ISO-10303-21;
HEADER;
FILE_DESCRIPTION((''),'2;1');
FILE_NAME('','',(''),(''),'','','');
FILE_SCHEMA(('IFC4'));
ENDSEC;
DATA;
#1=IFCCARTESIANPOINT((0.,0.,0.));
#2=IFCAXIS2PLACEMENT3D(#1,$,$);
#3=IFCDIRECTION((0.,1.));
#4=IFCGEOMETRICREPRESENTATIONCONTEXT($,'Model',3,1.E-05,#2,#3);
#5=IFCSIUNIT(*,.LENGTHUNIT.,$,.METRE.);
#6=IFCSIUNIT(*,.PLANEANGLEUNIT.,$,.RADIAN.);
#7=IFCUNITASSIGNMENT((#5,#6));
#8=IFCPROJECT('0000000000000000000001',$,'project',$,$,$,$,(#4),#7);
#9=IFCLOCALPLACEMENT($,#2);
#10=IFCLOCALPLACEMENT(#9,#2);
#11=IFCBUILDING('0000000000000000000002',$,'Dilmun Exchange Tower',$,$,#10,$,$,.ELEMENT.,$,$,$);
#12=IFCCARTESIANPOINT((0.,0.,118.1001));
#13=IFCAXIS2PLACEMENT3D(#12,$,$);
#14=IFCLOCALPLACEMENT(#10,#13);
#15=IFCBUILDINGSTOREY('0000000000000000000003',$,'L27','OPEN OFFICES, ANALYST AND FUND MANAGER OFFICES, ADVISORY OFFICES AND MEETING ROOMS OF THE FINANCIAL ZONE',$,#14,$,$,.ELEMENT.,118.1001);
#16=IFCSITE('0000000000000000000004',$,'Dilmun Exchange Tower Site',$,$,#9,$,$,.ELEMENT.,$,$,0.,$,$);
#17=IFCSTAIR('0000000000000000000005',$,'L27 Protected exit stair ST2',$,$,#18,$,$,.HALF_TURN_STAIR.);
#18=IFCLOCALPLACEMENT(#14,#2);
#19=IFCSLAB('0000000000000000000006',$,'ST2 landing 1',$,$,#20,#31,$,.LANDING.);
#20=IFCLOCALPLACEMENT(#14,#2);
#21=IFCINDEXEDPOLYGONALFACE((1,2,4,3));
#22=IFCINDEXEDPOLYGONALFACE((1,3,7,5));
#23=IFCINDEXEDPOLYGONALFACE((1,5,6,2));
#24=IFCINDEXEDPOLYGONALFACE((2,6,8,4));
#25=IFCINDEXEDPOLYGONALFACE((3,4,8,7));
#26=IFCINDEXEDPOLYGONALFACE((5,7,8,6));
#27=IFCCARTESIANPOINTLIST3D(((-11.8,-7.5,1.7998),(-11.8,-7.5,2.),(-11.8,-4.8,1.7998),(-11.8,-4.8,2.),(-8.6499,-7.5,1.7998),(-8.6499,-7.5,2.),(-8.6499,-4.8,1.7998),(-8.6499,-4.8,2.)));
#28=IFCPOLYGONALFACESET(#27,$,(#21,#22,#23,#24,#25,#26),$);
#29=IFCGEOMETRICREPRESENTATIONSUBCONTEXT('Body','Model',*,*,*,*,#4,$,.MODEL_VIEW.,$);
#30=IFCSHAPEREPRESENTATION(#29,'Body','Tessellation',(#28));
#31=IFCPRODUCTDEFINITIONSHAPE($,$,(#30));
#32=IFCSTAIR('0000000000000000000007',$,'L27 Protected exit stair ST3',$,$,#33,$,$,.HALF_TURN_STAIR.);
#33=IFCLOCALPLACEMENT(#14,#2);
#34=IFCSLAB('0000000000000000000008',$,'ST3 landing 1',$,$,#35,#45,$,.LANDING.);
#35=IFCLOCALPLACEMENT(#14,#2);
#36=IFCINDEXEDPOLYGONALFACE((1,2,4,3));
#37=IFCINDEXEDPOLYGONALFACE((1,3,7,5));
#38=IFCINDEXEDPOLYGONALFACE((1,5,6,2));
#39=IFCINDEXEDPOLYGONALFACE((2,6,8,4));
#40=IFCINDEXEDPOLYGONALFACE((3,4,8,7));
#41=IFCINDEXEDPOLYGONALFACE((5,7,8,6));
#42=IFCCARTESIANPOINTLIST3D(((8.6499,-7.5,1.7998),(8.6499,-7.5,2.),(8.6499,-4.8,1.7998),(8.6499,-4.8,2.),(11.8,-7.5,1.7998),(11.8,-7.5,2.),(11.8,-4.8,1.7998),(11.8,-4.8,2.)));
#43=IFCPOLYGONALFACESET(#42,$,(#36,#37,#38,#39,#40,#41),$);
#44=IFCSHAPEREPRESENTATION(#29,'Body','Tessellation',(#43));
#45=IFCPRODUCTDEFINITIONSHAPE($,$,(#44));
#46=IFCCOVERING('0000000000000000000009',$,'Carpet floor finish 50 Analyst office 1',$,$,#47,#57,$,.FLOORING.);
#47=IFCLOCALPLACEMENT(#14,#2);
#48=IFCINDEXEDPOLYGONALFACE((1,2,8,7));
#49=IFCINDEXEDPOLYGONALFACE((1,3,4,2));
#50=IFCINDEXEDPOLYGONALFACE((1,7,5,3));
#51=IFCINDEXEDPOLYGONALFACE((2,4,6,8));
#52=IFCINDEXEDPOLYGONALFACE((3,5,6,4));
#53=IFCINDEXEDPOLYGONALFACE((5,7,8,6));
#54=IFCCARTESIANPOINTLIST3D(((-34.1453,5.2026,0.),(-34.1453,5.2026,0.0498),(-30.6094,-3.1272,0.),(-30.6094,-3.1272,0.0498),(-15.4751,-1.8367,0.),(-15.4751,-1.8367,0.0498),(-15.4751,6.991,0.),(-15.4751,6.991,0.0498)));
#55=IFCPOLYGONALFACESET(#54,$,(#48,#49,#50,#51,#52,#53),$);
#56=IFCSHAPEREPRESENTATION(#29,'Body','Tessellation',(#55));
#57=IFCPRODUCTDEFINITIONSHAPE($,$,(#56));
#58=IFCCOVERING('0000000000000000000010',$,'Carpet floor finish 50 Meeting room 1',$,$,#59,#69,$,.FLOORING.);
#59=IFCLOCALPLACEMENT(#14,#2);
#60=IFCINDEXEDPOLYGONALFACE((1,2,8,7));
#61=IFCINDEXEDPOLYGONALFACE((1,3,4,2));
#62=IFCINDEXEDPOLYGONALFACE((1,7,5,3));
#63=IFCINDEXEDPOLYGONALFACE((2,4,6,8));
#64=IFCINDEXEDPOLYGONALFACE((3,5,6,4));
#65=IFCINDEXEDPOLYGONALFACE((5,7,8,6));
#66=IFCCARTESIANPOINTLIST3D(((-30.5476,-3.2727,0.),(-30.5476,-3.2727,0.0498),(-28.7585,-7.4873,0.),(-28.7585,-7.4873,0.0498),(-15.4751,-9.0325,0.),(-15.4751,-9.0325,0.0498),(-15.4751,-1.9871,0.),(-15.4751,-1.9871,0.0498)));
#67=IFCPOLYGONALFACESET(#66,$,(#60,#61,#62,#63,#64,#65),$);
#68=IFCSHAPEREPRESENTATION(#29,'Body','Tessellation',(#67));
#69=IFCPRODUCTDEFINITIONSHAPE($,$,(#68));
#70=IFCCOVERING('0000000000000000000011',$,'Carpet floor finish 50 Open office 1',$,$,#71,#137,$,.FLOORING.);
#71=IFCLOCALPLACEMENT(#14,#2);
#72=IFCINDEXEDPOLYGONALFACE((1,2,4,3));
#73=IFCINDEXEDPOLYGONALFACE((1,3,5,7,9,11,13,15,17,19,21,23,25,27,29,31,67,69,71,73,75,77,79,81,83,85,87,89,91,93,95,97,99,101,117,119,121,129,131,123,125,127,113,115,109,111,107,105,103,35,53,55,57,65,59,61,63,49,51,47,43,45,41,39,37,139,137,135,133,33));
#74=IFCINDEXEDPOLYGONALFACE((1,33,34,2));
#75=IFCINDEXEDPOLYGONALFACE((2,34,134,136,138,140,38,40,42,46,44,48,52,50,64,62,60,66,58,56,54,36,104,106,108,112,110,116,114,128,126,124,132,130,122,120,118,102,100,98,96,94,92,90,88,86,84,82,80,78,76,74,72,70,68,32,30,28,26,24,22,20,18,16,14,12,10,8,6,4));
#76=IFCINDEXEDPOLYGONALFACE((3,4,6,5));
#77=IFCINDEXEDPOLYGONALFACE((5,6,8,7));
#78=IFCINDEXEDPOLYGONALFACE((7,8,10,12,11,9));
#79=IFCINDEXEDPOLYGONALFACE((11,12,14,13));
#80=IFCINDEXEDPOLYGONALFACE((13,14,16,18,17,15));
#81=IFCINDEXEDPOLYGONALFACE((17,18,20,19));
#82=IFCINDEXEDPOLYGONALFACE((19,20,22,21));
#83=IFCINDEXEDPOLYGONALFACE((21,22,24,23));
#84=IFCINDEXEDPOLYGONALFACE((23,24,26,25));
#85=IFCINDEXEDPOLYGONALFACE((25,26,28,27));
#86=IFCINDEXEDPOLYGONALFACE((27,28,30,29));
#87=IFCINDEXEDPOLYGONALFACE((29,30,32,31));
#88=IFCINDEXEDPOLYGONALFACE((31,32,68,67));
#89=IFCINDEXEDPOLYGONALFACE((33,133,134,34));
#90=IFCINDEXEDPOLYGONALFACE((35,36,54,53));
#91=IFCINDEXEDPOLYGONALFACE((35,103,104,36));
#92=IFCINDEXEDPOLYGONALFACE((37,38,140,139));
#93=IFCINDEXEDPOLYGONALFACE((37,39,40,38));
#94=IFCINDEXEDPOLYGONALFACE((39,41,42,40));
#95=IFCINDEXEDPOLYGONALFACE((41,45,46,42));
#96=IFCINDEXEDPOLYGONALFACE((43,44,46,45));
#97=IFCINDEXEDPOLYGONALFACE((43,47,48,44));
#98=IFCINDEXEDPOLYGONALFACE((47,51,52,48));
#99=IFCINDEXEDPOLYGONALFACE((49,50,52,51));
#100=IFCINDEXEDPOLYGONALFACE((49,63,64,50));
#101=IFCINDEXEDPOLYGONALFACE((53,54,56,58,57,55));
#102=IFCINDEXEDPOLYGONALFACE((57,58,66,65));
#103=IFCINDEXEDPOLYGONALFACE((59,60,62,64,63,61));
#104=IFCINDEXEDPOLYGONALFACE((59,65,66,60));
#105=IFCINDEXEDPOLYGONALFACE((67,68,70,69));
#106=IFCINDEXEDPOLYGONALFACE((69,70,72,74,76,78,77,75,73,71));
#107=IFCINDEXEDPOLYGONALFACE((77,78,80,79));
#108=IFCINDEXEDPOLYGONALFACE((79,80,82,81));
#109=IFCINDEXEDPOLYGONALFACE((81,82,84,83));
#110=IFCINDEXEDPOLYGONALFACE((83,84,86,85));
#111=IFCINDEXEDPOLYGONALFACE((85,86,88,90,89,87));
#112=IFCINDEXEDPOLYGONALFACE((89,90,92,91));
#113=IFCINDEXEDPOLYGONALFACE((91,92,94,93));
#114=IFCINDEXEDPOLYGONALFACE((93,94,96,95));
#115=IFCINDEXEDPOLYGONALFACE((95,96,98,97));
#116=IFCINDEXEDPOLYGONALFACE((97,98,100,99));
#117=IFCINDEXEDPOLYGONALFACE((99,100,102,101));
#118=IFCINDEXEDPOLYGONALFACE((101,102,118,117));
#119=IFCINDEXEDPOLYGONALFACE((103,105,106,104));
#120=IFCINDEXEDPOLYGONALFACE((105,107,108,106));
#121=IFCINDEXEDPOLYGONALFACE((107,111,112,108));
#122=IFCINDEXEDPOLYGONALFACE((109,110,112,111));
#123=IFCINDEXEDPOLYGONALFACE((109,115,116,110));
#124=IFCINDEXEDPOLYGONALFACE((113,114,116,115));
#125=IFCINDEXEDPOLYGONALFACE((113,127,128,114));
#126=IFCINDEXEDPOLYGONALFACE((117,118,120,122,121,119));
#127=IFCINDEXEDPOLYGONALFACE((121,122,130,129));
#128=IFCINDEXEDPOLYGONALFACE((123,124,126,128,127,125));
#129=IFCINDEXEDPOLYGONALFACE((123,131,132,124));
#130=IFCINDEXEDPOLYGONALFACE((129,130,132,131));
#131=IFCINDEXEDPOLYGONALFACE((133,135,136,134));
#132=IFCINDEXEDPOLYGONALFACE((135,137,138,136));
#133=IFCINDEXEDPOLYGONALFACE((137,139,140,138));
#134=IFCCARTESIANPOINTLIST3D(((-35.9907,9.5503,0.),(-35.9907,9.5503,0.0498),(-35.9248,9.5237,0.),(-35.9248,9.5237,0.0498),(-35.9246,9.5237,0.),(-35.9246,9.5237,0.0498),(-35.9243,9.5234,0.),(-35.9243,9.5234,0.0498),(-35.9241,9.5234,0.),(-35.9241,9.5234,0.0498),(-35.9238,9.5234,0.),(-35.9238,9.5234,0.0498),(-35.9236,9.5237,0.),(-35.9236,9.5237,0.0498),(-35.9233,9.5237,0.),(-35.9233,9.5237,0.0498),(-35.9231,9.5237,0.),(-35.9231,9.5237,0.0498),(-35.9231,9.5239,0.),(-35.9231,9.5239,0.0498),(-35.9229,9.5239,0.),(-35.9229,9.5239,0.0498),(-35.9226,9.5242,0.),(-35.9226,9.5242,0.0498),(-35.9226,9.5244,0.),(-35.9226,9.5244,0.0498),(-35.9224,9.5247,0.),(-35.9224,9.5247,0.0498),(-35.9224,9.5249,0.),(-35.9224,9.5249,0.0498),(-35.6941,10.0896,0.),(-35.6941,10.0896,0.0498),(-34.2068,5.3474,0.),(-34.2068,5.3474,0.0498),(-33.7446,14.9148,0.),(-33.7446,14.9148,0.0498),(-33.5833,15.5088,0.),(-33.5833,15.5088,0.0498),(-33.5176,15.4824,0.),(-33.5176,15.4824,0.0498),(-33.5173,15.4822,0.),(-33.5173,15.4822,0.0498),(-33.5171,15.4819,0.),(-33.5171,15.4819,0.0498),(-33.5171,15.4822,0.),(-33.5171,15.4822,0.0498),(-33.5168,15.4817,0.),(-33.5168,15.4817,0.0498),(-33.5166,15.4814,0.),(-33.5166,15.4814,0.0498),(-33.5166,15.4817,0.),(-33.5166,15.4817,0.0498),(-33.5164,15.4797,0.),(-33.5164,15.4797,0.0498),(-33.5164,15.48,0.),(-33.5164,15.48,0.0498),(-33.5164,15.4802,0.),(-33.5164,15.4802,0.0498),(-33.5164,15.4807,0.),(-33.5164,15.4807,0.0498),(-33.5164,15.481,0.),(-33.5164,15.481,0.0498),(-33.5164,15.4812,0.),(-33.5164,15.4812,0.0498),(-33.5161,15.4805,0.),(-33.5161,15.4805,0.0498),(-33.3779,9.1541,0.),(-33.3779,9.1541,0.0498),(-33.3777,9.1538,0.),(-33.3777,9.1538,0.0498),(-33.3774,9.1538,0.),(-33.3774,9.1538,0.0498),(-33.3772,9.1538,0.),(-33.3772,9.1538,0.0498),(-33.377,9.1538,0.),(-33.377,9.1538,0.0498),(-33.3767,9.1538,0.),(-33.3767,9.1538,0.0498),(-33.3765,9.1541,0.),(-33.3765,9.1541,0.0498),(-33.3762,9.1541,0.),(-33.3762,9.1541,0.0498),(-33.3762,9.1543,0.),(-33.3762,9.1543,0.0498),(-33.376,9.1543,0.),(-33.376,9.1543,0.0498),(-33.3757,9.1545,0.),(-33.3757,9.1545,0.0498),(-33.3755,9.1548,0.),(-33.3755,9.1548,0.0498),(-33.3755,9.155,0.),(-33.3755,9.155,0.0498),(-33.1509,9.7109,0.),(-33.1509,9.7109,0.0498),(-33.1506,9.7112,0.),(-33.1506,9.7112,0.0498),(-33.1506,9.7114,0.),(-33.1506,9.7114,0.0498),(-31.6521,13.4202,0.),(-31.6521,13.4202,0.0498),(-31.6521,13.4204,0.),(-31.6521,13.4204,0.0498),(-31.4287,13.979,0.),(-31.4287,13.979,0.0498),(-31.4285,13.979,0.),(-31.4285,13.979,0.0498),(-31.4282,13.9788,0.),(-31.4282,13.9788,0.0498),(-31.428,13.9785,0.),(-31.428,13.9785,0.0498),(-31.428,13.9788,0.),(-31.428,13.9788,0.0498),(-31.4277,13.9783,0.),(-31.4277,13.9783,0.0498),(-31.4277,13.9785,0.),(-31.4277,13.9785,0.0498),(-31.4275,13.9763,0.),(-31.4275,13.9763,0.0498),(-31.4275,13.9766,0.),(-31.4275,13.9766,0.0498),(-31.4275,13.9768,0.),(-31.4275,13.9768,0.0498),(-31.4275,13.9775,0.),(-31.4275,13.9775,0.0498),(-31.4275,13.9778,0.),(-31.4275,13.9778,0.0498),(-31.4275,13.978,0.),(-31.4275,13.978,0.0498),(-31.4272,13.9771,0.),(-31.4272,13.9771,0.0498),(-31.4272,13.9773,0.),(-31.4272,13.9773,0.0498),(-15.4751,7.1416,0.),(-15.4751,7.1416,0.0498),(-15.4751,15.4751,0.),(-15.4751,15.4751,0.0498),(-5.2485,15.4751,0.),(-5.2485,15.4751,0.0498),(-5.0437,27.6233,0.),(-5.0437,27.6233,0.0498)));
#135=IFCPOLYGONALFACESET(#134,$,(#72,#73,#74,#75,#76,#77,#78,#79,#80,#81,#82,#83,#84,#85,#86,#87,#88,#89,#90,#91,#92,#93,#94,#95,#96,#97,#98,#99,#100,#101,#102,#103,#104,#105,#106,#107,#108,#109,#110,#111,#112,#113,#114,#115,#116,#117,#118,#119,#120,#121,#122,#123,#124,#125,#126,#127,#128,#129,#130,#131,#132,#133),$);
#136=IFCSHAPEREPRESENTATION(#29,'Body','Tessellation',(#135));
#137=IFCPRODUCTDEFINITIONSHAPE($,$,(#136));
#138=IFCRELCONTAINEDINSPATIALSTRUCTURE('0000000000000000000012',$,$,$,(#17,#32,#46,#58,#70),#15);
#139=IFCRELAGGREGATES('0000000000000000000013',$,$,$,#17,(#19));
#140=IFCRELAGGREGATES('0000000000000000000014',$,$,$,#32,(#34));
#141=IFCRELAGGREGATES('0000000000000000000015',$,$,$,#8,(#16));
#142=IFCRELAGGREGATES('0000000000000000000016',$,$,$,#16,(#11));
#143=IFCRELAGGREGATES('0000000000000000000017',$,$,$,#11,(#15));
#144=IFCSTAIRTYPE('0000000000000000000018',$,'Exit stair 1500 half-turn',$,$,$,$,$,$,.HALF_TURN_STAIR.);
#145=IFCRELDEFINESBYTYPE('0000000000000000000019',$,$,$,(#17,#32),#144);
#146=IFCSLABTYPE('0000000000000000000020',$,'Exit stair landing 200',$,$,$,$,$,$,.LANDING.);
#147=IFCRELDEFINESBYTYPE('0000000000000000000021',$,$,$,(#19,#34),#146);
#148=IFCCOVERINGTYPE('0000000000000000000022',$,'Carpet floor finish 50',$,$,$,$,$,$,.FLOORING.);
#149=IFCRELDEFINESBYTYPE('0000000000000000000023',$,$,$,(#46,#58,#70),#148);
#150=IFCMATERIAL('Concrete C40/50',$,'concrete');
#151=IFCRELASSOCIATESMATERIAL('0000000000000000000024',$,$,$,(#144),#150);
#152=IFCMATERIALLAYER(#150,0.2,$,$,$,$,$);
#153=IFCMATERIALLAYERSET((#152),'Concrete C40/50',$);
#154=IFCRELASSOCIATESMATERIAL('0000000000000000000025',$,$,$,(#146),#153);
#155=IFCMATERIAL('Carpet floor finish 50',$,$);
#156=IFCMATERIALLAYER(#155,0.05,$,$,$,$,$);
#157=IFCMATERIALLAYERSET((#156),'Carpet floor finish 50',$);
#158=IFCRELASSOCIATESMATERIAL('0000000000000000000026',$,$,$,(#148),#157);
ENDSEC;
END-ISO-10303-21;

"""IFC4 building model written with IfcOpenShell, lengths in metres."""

from ifc_helpers import new_model, si_unit, direction, frame, origin, place, context, subcontext, project, spatial, polyline, outline, extrude, material, layer, layer_set, type_object, element, aggregate, save


model = new_model("IFC4")

# Units and contexts
model_context = context("Model", 3, precision=1e-05, world=origin(), true_north=direction((0.0, 1.0)))
body_context = subcontext(model_context, "Body", "Model", "MODEL_VIEW")
ifc_project = project(units=[si_unit("LENGTHUNIT", "METRE"), si_unit("PLANEANGLEUNIT", "RADIAN")], contexts=[model_context])

# Site, building, storey
site_placement = place(None, origin())
site = spatial("IfcSite", under=ifc_project, at=site_placement, Name="Dilmun Exchange Tower Site", CompositionType="ELEMENT", RefElevation=0.0)
building_placement = place(site_placement, origin())
building = spatial("IfcBuilding", under=site, at=building_placement, Name="Dilmun Exchange Tower", CompositionType="ELEMENT")
storey_placement = place(building_placement, frame((0.0, 0.0, 118.1001)))
storey = spatial("IfcBuildingStorey", under=building, at=storey_placement, Name="L27", Description="OPEN OFFICES, ANALYST AND FUND MANAGER OFFICES, ADVISORY OFFICES AND MEETING ROOMS OF THE FINANCIAL ZONE", CompositionType="ELEMENT", Elevation=118.1001)

# Stairs, slabs
ifc_material_1 = material(Name="Concrete C40/50", Category="concrete")
stair_type = type_object("IfcStairType", Name="Exit stair 1500 half-turn", PredefinedType="HALF_TURN_STAIR", material=ifc_material_1)
stair_1_placement = place(storey_placement, origin())
stair_1 = element("IfcStair", 1, at=stair_1_placement, inside=storey, type_object=stair_type, Name="L27 Protected exit stair ST2", PredefinedType="HALF_TURN_STAIR")
ifc_layer_1 = layer(ifc_material_1, 0.2)
ifc_layer_set_1 = layer_set([ifc_layer_1], Name="Concrete C40/50")
slab_type = type_object("IfcSlabType", Name="Exit stair landing 200", PredefinedType="LANDING", material=ifc_layer_set_1)
slab_1_placement = place(storey_placement, frame((0.0, 0.0, 1.7998)))
slab_1 = element("IfcSlab", 2, at=slab_1_placement, type_object=slab_type, Name="ST2 landing 1", PredefinedType="LANDING", context=body_context, shape_type="SweptSolid", body=[
    extrude(outline(polyline([(-8.6499, -7.5), (-8.6499, -4.8), (-11.8, -4.8), (-11.8, -7.5), (-8.6499, -7.5)])), origin(), (0.0, 0.0, 1.0), 0.2002),
])
aggregate(stair_1, [slab_1])
stair_2_placement = place(storey_placement, origin())
stair_2 = element("IfcStair", 3, at=stair_2_placement, inside=storey, type_object=stair_type, Name="L27 Protected exit stair ST3", PredefinedType="HALF_TURN_STAIR")
slab_2_placement = place(storey_placement, frame((0.0, 0.0, 1.7998)))
slab_2 = element("IfcSlab", 4, at=slab_2_placement, type_object=slab_type, Name="ST3 landing 1", PredefinedType="LANDING", context=body_context, shape_type="SweptSolid", body=[
    extrude(outline(polyline([(11.8, -7.5), (11.8, -4.8), (8.6499, -4.8), (8.6499, -7.5), (11.8, -7.5)])), origin(), (0.0, 0.0, 1.0), 0.2002),
])
aggregate(stair_2, [slab_2])

# Coverings
ifc_material_2 = material(Name="Carpet floor finish 50")
ifc_layer_2 = layer(ifc_material_2, 0.05)
ifc_layer_set_2 = layer_set([ifc_layer_2], Name="Carpet floor finish 50")
covering_type_1 = type_object("IfcCoveringType", Name="Carpet floor finish 50", PredefinedType="FLOORING", material=ifc_layer_set_2)
covering_1_placement = place(storey_placement, origin())
element("IfcCovering", 5, at=covering_1_placement, inside=storey, type_object=covering_type_1, Name="Carpet floor finish 50 Analyst office 1", PredefinedType="FLOORING", context=body_context, shape_type="SweptSolid", body=[
    extrude(outline(polyline([(-15.4751, 6.991), (-15.4751, -1.8367), (-30.6094, -3.1272), (-34.1453, 5.2026), (-15.4751, 6.991)])), origin(), (0.0, 0.0, 1.0), 0.0498),
])
covering_2_placement = place(storey_placement, origin())
element("IfcCovering", 6, at=covering_2_placement, inside=storey, type_object=covering_type_1, Name="Carpet floor finish 50 Meeting room 1", PredefinedType="FLOORING", context=body_context, shape_type="SweptSolid", body=[
    extrude(outline(polyline([(-15.4751, -1.9871), (-15.4751, -9.0325), (-28.7585, -7.4873), (-30.5476, -3.2727), (-15.4751, -1.9871)])), origin(), (0.0, 0.0, 1.0), 0.0498),
])
covering_3_placement = place(storey_placement, origin())
element("IfcCovering", 7, at=covering_3_placement, inside=storey, type_object=covering_type_1, Name="Carpet floor finish 50 Open office 1", PredefinedType="FLOORING", context=body_context, shape_type="SweptSolid", body=[
    extrude(outline(polyline([(-5.2485, 15.4751), (-15.4751, 15.4751), (-15.4751, 7.1416), (-34.2068, 5.3474), (-35.9907, 9.5503), (-35.9248, 9.5237), (-35.9248, 9.5237), (-35.9246, 9.5237), (-35.9243, 9.5234), (-35.9241, 9.5234), (-35.9238, 9.5234), (-35.9236, 9.5237), (-35.9236, 9.5237), (-35.9233, 9.5237), (-35.9231, 9.5237), (-35.9231, 9.5239), (-35.9229, 9.5239), (-35.9226, 9.5242), (-35.9226, 9.5244), (-35.9226, 9.5244), (-35.9224, 9.5247), (-35.9224, 9.5249), (-35.6941, 10.0896), (-33.3779, 9.1541), (-33.3777, 9.1538), (-33.3777, 9.1538), (-33.3774, 9.1538), (-33.3772, 9.1538), (-33.3772, 9.1538), (-33.377, 9.1538), (-33.3767, 9.1538), (-33.3765, 9.1541), (-33.3762, 9.1541), (-33.3762, 9.1543), (-33.376, 9.1543), (-33.376, 9.1543), (-33.3757, 9.1545), (-33.3755, 9.1548), (-33.3755, 9.1548), (-33.3755, 9.155), (-33.1509, 9.7109), (-33.1509, 9.7109), (-33.1506, 9.7112), (-33.1506, 9.7114), (-31.6521, 13.4202), (-31.6521, 13.4204), (-31.6521, 13.4204), (-31.6521, 13.4204), (-31.4275, 13.9763), (-31.4275, 13.9766), (-31.4275, 13.9768), (-31.4272, 13.9771), (-31.4272, 13.9773), (-31.4272, 13.9773), (-31.4275, 13.9775), (-31.4275, 13.9778), (-31.4275, 13.9778), (-31.4275, 13.978), (-31.4277, 13.9783), (-31.4277, 13.9785), (-31.428, 13.9785), (-31.428, 13.9788), (-31.4282, 13.9788), (-31.4285, 13.979), (-31.4287, 13.979), (-33.7446, 14.9148), (-33.5164, 15.4797), (-33.5164, 15.48), (-33.5164, 15.48), (-33.5164, 15.4802), (-33.5161, 15.4805), (-33.5164, 15.4807), (-33.5164, 15.4807), (-33.5164, 15.481), (-33.5164, 15.4812), (-33.5166, 15.4814), (-33.5166, 15.4814), (-33.5166, 15.4817), (-33.5168, 15.4817), (-33.5171, 15.4819), (-33.5171, 15.4822), (-33.5173, 15.4822), (-33.5176, 15.4824), (-33.5833, 15.5088), (-5.0437, 27.6233), (-5.2485, 15.4751)])), origin(), (0.0, 0.0, 1.0), 0.0498),
])

save(model, "model.ifc")
